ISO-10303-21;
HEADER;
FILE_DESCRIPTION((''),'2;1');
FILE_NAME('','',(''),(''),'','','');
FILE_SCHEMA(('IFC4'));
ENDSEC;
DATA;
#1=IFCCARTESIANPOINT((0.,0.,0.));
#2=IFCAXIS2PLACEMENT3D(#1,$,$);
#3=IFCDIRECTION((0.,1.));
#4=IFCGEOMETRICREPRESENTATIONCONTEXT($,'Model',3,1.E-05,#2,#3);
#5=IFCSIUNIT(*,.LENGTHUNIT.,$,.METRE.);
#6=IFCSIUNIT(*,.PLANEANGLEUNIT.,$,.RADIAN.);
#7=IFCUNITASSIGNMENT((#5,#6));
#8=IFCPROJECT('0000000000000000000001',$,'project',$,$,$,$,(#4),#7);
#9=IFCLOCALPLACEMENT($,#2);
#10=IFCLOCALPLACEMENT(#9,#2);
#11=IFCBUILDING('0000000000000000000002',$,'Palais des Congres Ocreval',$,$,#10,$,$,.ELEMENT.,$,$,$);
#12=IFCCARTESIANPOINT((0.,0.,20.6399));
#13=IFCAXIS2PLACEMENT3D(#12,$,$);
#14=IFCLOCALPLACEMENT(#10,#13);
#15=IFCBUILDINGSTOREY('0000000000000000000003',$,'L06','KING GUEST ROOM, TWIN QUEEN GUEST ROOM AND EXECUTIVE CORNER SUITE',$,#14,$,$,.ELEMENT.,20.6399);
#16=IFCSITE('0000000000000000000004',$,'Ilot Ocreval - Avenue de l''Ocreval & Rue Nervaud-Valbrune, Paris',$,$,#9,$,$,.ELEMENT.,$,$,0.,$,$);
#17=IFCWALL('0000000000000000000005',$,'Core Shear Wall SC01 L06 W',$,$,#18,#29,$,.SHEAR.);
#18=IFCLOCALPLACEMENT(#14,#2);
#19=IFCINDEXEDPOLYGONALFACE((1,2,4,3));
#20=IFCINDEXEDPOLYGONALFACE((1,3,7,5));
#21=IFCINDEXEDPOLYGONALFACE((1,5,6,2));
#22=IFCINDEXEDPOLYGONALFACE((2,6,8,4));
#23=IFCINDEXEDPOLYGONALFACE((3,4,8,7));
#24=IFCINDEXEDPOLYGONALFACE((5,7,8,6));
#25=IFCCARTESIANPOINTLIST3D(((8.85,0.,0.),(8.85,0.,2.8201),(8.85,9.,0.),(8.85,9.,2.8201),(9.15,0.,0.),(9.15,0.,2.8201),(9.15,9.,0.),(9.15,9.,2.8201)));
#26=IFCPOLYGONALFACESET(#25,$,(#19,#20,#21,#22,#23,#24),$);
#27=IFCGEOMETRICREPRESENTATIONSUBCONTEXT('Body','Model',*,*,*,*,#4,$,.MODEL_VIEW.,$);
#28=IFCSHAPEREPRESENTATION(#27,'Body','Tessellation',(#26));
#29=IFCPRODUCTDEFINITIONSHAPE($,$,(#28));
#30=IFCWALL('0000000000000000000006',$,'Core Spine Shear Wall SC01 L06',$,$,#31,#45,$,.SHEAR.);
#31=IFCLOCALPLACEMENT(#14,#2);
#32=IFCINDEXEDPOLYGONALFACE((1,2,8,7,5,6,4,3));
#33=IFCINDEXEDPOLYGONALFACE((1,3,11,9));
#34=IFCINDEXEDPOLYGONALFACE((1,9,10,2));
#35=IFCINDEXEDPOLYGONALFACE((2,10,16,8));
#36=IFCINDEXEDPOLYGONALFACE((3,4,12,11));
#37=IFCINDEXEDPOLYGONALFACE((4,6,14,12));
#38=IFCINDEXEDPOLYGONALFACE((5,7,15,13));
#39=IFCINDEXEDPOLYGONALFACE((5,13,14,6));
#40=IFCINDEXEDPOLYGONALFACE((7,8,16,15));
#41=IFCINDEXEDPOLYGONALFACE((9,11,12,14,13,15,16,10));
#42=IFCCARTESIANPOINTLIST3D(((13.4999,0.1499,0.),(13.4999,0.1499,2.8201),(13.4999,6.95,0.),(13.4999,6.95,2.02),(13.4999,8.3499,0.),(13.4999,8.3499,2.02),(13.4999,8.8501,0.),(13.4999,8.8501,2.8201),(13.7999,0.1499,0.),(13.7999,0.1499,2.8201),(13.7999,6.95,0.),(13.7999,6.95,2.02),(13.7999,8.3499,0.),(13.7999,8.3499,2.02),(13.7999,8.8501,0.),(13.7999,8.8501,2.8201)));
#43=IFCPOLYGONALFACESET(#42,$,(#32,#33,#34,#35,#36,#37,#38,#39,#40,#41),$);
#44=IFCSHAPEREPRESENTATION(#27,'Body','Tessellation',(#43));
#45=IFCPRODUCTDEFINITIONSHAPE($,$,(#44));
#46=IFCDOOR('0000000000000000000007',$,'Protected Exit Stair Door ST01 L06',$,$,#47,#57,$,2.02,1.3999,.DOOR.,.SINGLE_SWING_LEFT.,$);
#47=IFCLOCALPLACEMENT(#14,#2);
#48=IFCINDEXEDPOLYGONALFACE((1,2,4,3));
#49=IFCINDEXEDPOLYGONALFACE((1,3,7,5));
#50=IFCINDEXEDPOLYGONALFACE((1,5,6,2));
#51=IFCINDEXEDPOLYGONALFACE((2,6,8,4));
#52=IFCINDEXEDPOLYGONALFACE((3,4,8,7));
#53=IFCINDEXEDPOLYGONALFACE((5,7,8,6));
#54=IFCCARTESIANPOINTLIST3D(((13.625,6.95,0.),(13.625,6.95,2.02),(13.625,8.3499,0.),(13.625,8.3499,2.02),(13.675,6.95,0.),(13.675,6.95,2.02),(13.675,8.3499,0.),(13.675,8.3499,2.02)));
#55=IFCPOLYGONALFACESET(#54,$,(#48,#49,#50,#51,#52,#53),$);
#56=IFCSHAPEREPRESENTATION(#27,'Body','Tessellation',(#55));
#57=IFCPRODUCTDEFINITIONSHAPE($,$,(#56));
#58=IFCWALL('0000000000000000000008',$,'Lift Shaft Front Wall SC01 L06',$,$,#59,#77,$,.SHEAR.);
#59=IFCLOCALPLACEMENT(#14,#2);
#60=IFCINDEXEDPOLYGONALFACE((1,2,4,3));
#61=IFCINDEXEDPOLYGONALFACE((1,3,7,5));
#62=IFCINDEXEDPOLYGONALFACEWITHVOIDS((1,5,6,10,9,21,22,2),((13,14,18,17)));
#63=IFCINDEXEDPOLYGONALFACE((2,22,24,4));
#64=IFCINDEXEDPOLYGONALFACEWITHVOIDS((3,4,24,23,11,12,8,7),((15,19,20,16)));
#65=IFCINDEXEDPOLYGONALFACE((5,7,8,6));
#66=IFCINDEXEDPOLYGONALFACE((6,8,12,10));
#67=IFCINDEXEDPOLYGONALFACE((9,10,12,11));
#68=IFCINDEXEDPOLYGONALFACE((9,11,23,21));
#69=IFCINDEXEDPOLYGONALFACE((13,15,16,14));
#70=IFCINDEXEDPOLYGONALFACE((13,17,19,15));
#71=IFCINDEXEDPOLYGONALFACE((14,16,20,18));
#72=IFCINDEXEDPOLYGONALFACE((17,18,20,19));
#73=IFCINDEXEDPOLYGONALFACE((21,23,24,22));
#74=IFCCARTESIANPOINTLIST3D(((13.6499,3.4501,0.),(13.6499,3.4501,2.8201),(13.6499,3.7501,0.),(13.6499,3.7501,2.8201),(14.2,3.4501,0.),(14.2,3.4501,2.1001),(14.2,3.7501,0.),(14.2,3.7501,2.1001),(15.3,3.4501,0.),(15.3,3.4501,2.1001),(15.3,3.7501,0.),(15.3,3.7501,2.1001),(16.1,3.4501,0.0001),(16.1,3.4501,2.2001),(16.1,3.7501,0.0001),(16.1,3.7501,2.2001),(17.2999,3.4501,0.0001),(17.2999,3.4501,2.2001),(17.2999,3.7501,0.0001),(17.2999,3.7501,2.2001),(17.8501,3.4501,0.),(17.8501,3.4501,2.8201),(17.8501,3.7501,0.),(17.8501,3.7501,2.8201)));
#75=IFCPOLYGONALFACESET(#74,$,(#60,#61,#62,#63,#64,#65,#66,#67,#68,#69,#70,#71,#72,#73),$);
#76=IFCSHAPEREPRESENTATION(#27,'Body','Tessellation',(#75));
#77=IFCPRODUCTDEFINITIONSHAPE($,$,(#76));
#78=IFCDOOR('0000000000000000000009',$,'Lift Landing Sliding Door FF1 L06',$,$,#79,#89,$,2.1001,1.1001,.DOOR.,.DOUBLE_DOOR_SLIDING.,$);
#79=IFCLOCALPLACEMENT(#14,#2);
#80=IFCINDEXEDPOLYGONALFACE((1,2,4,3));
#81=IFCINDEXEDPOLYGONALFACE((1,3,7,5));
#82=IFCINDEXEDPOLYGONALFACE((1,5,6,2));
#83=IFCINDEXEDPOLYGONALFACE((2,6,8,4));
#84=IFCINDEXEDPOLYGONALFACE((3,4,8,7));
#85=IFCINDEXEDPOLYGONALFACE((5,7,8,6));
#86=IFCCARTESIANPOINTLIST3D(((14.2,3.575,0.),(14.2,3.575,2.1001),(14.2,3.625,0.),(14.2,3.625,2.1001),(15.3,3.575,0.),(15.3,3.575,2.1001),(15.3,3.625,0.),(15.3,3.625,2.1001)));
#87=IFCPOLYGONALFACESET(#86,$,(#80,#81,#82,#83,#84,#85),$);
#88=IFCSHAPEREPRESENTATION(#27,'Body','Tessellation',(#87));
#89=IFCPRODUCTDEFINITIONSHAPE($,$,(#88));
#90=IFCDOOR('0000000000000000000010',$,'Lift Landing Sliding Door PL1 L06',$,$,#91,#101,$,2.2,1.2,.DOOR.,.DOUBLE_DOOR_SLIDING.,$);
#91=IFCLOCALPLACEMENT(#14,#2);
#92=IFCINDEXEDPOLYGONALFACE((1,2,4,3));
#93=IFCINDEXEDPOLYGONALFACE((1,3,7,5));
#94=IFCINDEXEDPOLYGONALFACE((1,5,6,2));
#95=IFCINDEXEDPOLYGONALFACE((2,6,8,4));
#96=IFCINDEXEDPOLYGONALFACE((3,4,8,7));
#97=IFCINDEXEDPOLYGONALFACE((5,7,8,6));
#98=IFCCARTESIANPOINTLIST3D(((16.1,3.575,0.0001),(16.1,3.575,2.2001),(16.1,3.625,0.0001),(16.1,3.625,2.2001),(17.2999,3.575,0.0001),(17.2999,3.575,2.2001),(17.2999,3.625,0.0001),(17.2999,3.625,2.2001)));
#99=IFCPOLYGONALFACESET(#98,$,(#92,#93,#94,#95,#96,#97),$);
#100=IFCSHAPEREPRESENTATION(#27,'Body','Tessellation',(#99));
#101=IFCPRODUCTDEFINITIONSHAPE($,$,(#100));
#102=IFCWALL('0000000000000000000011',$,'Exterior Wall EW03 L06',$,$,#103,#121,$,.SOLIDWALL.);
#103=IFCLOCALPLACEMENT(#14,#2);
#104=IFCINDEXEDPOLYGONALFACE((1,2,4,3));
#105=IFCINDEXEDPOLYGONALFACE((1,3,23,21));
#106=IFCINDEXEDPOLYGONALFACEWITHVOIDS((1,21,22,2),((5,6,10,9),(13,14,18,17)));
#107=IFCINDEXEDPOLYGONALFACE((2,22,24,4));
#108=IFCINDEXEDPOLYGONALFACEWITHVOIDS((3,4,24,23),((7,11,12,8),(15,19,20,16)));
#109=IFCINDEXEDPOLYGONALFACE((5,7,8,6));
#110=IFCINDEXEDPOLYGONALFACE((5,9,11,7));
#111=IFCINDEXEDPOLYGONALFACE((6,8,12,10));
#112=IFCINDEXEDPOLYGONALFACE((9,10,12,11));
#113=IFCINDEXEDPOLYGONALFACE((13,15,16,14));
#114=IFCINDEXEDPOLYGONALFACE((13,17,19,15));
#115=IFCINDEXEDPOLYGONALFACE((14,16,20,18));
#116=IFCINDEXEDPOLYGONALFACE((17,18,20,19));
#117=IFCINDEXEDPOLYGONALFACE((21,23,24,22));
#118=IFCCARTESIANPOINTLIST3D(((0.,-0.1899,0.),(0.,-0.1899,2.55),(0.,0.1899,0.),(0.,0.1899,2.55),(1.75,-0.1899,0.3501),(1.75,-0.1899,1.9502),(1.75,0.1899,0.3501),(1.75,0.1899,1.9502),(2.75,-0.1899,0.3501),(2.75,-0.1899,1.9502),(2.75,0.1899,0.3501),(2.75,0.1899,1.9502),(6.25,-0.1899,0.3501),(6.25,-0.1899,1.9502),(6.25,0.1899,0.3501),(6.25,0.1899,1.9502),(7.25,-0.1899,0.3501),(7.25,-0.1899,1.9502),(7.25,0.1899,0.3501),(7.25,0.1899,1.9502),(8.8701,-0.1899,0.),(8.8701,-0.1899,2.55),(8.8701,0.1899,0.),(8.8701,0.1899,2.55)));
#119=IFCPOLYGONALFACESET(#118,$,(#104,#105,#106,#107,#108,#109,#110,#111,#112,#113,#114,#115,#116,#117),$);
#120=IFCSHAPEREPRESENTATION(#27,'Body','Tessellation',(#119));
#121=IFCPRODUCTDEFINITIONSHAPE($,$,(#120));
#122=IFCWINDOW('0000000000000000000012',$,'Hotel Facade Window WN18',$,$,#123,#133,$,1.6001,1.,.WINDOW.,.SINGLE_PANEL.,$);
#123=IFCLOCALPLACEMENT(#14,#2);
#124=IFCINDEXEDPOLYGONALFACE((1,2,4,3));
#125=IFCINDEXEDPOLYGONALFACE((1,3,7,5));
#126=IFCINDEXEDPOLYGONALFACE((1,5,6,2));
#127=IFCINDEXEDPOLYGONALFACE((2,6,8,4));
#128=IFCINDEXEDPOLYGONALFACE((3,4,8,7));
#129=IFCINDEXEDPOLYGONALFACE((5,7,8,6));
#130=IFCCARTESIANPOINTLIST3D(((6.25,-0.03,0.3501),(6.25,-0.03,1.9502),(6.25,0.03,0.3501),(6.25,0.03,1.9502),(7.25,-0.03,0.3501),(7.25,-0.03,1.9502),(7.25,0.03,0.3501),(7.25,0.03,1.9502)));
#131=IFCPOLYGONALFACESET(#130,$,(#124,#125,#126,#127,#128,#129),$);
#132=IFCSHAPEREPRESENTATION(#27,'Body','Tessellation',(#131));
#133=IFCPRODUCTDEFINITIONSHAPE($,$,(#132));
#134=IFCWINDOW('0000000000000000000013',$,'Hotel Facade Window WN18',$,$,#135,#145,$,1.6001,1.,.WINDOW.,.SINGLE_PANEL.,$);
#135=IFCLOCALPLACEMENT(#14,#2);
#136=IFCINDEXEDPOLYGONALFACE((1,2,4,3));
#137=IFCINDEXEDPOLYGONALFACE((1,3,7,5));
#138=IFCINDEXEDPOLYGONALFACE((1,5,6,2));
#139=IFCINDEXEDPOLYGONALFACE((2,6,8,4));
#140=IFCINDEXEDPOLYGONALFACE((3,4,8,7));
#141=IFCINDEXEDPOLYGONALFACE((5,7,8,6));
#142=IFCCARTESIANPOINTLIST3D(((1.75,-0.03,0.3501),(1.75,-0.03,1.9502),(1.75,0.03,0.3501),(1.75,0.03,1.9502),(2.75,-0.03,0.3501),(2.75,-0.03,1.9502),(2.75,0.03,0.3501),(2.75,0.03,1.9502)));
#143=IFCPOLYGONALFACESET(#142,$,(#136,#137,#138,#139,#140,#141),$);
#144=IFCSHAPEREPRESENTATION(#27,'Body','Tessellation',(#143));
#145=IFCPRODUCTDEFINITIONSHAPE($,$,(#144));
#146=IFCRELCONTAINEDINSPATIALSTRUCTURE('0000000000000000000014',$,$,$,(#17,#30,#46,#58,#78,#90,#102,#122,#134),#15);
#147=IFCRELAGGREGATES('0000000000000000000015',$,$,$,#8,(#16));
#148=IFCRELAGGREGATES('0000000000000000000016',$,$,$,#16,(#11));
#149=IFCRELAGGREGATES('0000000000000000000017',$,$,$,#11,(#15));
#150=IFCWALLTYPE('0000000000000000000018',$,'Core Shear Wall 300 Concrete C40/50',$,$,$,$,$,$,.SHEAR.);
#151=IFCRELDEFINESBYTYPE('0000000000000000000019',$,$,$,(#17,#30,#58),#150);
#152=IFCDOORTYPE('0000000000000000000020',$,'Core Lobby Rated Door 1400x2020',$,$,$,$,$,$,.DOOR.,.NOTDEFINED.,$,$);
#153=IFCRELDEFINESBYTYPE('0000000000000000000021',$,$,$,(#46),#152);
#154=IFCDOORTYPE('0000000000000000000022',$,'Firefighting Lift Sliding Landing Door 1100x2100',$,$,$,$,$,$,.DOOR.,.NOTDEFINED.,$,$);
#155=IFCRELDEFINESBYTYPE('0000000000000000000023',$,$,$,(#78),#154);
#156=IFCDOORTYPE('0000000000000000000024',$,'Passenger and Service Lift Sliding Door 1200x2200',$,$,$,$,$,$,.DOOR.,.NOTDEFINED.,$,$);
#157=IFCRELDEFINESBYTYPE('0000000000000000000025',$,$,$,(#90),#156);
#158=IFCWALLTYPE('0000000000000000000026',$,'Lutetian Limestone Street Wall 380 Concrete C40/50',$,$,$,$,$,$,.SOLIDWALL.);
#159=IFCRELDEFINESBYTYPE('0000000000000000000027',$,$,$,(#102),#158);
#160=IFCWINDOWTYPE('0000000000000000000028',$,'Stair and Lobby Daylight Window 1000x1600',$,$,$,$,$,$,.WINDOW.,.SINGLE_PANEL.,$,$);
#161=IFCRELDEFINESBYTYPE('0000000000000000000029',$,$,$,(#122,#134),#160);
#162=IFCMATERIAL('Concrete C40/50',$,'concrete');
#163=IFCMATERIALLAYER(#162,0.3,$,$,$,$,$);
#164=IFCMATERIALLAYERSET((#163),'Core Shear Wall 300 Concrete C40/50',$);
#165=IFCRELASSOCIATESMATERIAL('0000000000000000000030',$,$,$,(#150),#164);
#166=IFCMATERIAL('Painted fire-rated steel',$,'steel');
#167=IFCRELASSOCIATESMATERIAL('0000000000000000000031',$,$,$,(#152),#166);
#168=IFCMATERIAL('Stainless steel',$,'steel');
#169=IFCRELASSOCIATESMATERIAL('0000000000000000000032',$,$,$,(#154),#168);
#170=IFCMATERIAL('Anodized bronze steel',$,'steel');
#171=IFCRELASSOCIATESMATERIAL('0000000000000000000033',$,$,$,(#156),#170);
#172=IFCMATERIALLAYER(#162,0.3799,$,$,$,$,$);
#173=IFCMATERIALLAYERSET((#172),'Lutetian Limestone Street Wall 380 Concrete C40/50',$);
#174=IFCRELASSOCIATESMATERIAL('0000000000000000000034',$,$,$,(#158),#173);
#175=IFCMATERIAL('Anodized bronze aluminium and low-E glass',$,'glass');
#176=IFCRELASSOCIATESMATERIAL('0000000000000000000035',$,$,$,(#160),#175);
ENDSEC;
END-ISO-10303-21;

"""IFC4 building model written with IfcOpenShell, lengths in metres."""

from ifc_helpers import new_model, si_unit, direction, frame, frame_2d, origin, place, context, subcontext, project, spatial, rectangle, extrude, material, layer, layer_set, type_object, element, fill, save


model = new_model("IFC4")

# Units and contexts
model_context = context("Model", 3, precision=1e-05, world=origin(), true_north=direction((0.0, 1.0)))
body_context = subcontext(model_context, "Body", "Model", "MODEL_VIEW")
ifc_project = project(units=[si_unit("LENGTHUNIT", "METRE"), si_unit("PLANEANGLEUNIT", "RADIAN")], contexts=[model_context])

# Site, building, storey
site_placement = place(None, origin())
site = spatial("IfcSite", under=ifc_project, at=site_placement, Name="Ilot Ocreval - Avenue de l'Ocreval & Rue Nervaud-Valbrune, Paris", CompositionType="ELEMENT", RefElevation=0.0)
building_placement = place(site_placement, origin())
building = spatial("IfcBuilding", under=site, at=building_placement, Name="Palais des Congres Ocreval", CompositionType="ELEMENT")
storey_placement = place(building_placement, frame((0.0, 0.0, 20.6399)))
storey = spatial("IfcBuildingStorey", under=building, at=storey_placement, Name="L06", Description="KING GUEST ROOM, TWIN QUEEN GUEST ROOM AND EXECUTIVE CORNER SUITE", CompositionType="ELEMENT", Elevation=20.6399)

# Wall
ifc_material_1 = material(Name="Concrete C40/50", Category="concrete")
ifc_layer_1 = layer(ifc_material_1, 0.3)
ifc_layer_set_1 = layer_set([ifc_layer_1], Name="Core Shear Wall 300 Concrete C40/50")
wall_type_1 = type_object("IfcWallType", Name="Core Shear Wall 300 Concrete C40/50", PredefinedType="SHEAR", material=ifc_layer_set_1)
wall_1_placement = place(storey_placement, frame((9.0, 0.0, 0.0), z_axis=(0.0, 0.0, 1.0), x_axis=(0.0, 1.0, 0.0)))
element("IfcWall", 1, at=wall_1_placement, inside=storey, type_object=wall_type_1, Name="Core Shear Wall SC01 L06 W", PredefinedType="SHEAR", context=body_context, shape_type="SweptSolid", body=[
    extrude(rectangle(XDim=9.0, YDim=0.3, at=frame_2d((4.5, 0.0))), origin(), (0.0, 0.0, 1.0), 2.8201),
])

# Wall, opening, door
wall_2_placement = place(storey_placement, frame((13.6499, 0.1499, 0.0), z_axis=(0.0, 0.0, 1.0), x_axis=(0.0, 1.0, 0.0)))
wall_2 = element("IfcWall", 2, at=wall_2_placement, inside=storey, type_object=wall_type_1, Name="Core Spine Shear Wall SC01 L06", PredefinedType="SHEAR", context=body_context, shape_type="SweptSolid", body=[
    extrude(rectangle(XDim=8.7002, YDim=0.3, at=frame_2d((4.3501, 0.0))), origin(), (0.0, 0.0, 1.0), 2.8201),
])
opening_1_placement = place(wall_2_placement, frame((6.8, 0.0, 0.0)))
opening_1 = element("IfcOpeningElement", 3, at=opening_1_placement, cuts=wall_2, PredefinedType="OPENING", context=body_context, shape_type="SweptSolid", body=[
    extrude(rectangle(XDim=1.3999, YDim=2.02, at=frame_2d((0.7, 1.01))), frame((0.0, 0.1599, 0.0), z_axis=(0.0, -1.0, 0.0), x_axis=(1.0, 0.0, 0.0)), (0.0, 0.0, 1.0), 0.3201),
])
ifc_material_2 = material(Name="Painted fire-rated steel", Category="steel")
door_type_1 = type_object("IfcDoorType", Name="Core Lobby Rated Door 1400x2020", OperationType="NOTDEFINED", PredefinedType="DOOR", material=ifc_material_2)
door_1_placement = place(opening_1_placement, origin())
door_1 = element("IfcDoor", 4, at=door_1_placement, inside=storey, type_object=door_type_1, Name="Protected Exit Stair Door ST01 L06", OperationType="SINGLE_SWING_LEFT", OverallHeight=2.02, OverallWidth=1.3999, PredefinedType="DOOR", context=body_context, shape_type="SweptSolid", body=[
    extrude(rectangle(XDim=1.3999, YDim=2.02, at=frame_2d((0.7, 1.01))), frame((0.0, 0.0249, 0.0), z_axis=(0.0, -1.0, 0.0), x_axis=(1.0, 0.0, 0.0)), (0.0, 0.0, 1.0), 0.05),
])
fill(opening_1, door_1)

# Wall, openings, doors
wall_3_placement = place(storey_placement, frame((13.6499, 3.6001, 0.0), z_axis=(0.0, 0.0, 1.0), x_axis=(1.0, 0.0, 0.0)))
wall_3 = element("IfcWall", 5, at=wall_3_placement, inside=storey, type_object=wall_type_1, Name="Lift Shaft Front Wall SC01 L06", PredefinedType="SHEAR", context=body_context, shape_type="SweptSolid", body=[
    extrude(rectangle(XDim=4.2002, YDim=0.3, at=frame_2d((2.1001, 0.0))), origin(), (0.0, 0.0, 1.0), 2.8201),
])
opening_2_placement = place(wall_3_placement, frame((0.55, 0.0, 0.0)))
opening_2 = element("IfcOpeningElement", 6, at=opening_2_placement, cuts=wall_3, PredefinedType="OPENING", context=body_context, shape_type="SweptSolid", body=[
    extrude(rectangle(XDim=1.1001, YDim=2.1001, at=frame_2d((0.55, 1.05))), frame((0.0, 0.1599, 0.0), z_axis=(0.0, -1.0, 0.0), x_axis=(1.0, 0.0, 0.0)), (0.0, 0.0, 1.0), 0.3201),
])
opening_3_placement = place(wall_3_placement, frame((2.45, 0.0, 0.0)))
opening_3 = element("IfcOpeningElement", 7, at=opening_3_placement, cuts=wall_3, PredefinedType="OPENING", context=body_context, shape_type="SweptSolid", body=[
    extrude(rectangle(XDim=1.2, YDim=2.2, at=frame_2d((0.6001, 1.1001))), frame((0.0, 0.1599, 0.0), z_axis=(0.0, -1.0, 0.0), x_axis=(1.0, 0.0, 0.0)), (0.0, 0.0, 1.0), 0.3201),
])
ifc_material_3 = material(Name="Stainless steel", Category="steel")
door_type_2 = type_object("IfcDoorType", Name="Firefighting Lift Sliding Landing Door 1100x2100", OperationType="NOTDEFINED", PredefinedType="DOOR", material=ifc_material_3)
door_2_placement = place(opening_2_placement, origin())
door_2 = element("IfcDoor", 8, at=door_2_placement, inside=storey, type_object=door_type_2, Name="Lift Landing Sliding Door FF1 L06", OperationType="DOUBLE_DOOR_SLIDING", OverallHeight=2.1001, OverallWidth=1.1001, PredefinedType="DOOR", context=body_context, shape_type="SweptSolid", body=[
    extrude(rectangle(XDim=1.1001, YDim=2.1001, at=frame_2d((0.55, 1.05))), frame((0.0, 0.0249, 0.0), z_axis=(0.0, -1.0, 0.0), x_axis=(1.0, 0.0, 0.0)), (0.0, 0.0, 1.0), 0.05),
])
fill(opening_2, door_2)
ifc_material_4 = material(Name="Anodized bronze steel", Category="steel")
door_type_3 = type_object("IfcDoorType", Name="Passenger and Service Lift Sliding Door 1200x2200", OperationType="NOTDEFINED", PredefinedType="DOOR", material=ifc_material_4)
door_3_placement = place(opening_3_placement, origin())
door_3 = element("IfcDoor", 9, at=door_3_placement, inside=storey, type_object=door_type_3, Name="Lift Landing Sliding Door PL1 L06", OperationType="DOUBLE_DOOR_SLIDING", OverallHeight=2.2, OverallWidth=1.2, PredefinedType="DOOR", context=body_context, shape_type="SweptSolid", body=[
    extrude(rectangle(XDim=1.2, YDim=2.2, at=frame_2d((0.6001, 1.1001))), frame((0.0, 0.0249, 0.0), z_axis=(0.0, -1.0, 0.0), x_axis=(1.0, 0.0, 0.0)), (0.0, 0.0, 1.0), 0.05),
])
fill(opening_3, door_3)

# Wall, openings, windows
ifc_layer_2 = layer(ifc_material_1, 0.3799)
ifc_layer_set_2 = layer_set([ifc_layer_2], Name="Lutetian Limestone Street Wall 380 Concrete C40/50")
wall_type_2 = type_object("IfcWallType", Name="Lutetian Limestone Street Wall 380 Concrete C40/50", PredefinedType="SOLIDWALL", material=ifc_layer_set_2)
wall_4_placement = place(storey_placement, frame((8.8701, 0.0, 0.0), z_axis=(0.0, 0.0, 1.0), x_axis=(-1.0, 0.0, 0.0)))
wall_4 = element("IfcWall", 10, at=wall_4_placement, inside=storey, type_object=wall_type_2, Name="Exterior Wall EW03 L06", PredefinedType="SOLIDWALL", context=body_context, shape_type="SweptSolid", body=[
    extrude(rectangle(XDim=8.8701, YDim=0.3799, at=frame_2d((4.4351, 0.0))), origin(), (0.0, 0.0, 1.0), 2.55),
])
opening_4_placement = place(wall_4_placement, frame((1.6201, 0.0, 0.3501)))
opening_4 = element("IfcOpeningElement", 11, at=opening_4_placement, cuts=wall_4, PredefinedType="OPENING", context=body_context, shape_type="SweptSolid", body=[
    extrude(rectangle(XDim=1.0, YDim=1.6001, at=frame_2d((0.5, 0.8))), frame((0.0, 0.2, 0.0), z_axis=(0.0, -1.0, 0.0), x_axis=(1.0, 0.0, 0.0)), (0.0, 0.0, 1.0), 0.3999),
])
opening_5_placement = place(wall_4_placement, frame((6.1201, 0.0, 0.3501)))
opening_5 = element("IfcOpeningElement", 12, at=opening_5_placement, cuts=wall_4, PredefinedType="OPENING", context=body_context, shape_type="SweptSolid", body=[
    extrude(rectangle(XDim=1.0, YDim=1.6001, at=frame_2d((0.5, 0.8))), frame((0.0, 0.2, 0.0), z_axis=(0.0, -1.0, 0.0), x_axis=(1.0, 0.0, 0.0)), (0.0, 0.0, 1.0), 0.3999),
])
ifc_material_5 = material(Name="Anodized bronze aluminium and low-E glass", Category="glass")
window_type = type_object("IfcWindowType", Name="Stair and Lobby Daylight Window 1000x1600", PartitioningType="SINGLE_PANEL", PredefinedType="WINDOW", material=ifc_material_5)
window_1_placement = place(opening_4_placement, origin())
window_1 = element("IfcWindow", 13, at=window_1_placement, inside=storey, type_object=window_type, Name="Hotel Facade Window WN18", OverallHeight=1.6001, OverallWidth=1.0, PartitioningType="SINGLE_PANEL", PredefinedType="WINDOW", context=body_context, shape_type="SweptSolid", body=[
    extrude(rectangle(XDim=1.0, YDim=1.6001, at=frame_2d((0.5, 0.8))), frame((0.0, 0.03, 0.0), z_axis=(0.0, -1.0, 0.0), x_axis=(1.0, 0.0, 0.0)), (0.0, 0.0, 1.0), 0.0601),
])
fill(opening_4, window_1)
window_2_placement = place(opening_5_placement, origin())
window_2 = element("IfcWindow", 14, at=window_2_placement, inside=storey, type_object=window_type, Name="Hotel Facade Window WN18", OverallHeight=1.6001, OverallWidth=1.0, PartitioningType="SINGLE_PANEL", PredefinedType="WINDOW", context=body_context, shape_type="SweptSolid", body=[
    extrude(rectangle(XDim=1.0, YDim=1.6001, at=frame_2d((0.5, 0.8))), frame((0.0, 0.03, 0.0), z_axis=(0.0, -1.0, 0.0), x_axis=(1.0, 0.0, 0.0)), (0.0, 0.0, 1.0), 0.0601),
])
fill(opening_5, window_2)

save(model, "model.ifc")
